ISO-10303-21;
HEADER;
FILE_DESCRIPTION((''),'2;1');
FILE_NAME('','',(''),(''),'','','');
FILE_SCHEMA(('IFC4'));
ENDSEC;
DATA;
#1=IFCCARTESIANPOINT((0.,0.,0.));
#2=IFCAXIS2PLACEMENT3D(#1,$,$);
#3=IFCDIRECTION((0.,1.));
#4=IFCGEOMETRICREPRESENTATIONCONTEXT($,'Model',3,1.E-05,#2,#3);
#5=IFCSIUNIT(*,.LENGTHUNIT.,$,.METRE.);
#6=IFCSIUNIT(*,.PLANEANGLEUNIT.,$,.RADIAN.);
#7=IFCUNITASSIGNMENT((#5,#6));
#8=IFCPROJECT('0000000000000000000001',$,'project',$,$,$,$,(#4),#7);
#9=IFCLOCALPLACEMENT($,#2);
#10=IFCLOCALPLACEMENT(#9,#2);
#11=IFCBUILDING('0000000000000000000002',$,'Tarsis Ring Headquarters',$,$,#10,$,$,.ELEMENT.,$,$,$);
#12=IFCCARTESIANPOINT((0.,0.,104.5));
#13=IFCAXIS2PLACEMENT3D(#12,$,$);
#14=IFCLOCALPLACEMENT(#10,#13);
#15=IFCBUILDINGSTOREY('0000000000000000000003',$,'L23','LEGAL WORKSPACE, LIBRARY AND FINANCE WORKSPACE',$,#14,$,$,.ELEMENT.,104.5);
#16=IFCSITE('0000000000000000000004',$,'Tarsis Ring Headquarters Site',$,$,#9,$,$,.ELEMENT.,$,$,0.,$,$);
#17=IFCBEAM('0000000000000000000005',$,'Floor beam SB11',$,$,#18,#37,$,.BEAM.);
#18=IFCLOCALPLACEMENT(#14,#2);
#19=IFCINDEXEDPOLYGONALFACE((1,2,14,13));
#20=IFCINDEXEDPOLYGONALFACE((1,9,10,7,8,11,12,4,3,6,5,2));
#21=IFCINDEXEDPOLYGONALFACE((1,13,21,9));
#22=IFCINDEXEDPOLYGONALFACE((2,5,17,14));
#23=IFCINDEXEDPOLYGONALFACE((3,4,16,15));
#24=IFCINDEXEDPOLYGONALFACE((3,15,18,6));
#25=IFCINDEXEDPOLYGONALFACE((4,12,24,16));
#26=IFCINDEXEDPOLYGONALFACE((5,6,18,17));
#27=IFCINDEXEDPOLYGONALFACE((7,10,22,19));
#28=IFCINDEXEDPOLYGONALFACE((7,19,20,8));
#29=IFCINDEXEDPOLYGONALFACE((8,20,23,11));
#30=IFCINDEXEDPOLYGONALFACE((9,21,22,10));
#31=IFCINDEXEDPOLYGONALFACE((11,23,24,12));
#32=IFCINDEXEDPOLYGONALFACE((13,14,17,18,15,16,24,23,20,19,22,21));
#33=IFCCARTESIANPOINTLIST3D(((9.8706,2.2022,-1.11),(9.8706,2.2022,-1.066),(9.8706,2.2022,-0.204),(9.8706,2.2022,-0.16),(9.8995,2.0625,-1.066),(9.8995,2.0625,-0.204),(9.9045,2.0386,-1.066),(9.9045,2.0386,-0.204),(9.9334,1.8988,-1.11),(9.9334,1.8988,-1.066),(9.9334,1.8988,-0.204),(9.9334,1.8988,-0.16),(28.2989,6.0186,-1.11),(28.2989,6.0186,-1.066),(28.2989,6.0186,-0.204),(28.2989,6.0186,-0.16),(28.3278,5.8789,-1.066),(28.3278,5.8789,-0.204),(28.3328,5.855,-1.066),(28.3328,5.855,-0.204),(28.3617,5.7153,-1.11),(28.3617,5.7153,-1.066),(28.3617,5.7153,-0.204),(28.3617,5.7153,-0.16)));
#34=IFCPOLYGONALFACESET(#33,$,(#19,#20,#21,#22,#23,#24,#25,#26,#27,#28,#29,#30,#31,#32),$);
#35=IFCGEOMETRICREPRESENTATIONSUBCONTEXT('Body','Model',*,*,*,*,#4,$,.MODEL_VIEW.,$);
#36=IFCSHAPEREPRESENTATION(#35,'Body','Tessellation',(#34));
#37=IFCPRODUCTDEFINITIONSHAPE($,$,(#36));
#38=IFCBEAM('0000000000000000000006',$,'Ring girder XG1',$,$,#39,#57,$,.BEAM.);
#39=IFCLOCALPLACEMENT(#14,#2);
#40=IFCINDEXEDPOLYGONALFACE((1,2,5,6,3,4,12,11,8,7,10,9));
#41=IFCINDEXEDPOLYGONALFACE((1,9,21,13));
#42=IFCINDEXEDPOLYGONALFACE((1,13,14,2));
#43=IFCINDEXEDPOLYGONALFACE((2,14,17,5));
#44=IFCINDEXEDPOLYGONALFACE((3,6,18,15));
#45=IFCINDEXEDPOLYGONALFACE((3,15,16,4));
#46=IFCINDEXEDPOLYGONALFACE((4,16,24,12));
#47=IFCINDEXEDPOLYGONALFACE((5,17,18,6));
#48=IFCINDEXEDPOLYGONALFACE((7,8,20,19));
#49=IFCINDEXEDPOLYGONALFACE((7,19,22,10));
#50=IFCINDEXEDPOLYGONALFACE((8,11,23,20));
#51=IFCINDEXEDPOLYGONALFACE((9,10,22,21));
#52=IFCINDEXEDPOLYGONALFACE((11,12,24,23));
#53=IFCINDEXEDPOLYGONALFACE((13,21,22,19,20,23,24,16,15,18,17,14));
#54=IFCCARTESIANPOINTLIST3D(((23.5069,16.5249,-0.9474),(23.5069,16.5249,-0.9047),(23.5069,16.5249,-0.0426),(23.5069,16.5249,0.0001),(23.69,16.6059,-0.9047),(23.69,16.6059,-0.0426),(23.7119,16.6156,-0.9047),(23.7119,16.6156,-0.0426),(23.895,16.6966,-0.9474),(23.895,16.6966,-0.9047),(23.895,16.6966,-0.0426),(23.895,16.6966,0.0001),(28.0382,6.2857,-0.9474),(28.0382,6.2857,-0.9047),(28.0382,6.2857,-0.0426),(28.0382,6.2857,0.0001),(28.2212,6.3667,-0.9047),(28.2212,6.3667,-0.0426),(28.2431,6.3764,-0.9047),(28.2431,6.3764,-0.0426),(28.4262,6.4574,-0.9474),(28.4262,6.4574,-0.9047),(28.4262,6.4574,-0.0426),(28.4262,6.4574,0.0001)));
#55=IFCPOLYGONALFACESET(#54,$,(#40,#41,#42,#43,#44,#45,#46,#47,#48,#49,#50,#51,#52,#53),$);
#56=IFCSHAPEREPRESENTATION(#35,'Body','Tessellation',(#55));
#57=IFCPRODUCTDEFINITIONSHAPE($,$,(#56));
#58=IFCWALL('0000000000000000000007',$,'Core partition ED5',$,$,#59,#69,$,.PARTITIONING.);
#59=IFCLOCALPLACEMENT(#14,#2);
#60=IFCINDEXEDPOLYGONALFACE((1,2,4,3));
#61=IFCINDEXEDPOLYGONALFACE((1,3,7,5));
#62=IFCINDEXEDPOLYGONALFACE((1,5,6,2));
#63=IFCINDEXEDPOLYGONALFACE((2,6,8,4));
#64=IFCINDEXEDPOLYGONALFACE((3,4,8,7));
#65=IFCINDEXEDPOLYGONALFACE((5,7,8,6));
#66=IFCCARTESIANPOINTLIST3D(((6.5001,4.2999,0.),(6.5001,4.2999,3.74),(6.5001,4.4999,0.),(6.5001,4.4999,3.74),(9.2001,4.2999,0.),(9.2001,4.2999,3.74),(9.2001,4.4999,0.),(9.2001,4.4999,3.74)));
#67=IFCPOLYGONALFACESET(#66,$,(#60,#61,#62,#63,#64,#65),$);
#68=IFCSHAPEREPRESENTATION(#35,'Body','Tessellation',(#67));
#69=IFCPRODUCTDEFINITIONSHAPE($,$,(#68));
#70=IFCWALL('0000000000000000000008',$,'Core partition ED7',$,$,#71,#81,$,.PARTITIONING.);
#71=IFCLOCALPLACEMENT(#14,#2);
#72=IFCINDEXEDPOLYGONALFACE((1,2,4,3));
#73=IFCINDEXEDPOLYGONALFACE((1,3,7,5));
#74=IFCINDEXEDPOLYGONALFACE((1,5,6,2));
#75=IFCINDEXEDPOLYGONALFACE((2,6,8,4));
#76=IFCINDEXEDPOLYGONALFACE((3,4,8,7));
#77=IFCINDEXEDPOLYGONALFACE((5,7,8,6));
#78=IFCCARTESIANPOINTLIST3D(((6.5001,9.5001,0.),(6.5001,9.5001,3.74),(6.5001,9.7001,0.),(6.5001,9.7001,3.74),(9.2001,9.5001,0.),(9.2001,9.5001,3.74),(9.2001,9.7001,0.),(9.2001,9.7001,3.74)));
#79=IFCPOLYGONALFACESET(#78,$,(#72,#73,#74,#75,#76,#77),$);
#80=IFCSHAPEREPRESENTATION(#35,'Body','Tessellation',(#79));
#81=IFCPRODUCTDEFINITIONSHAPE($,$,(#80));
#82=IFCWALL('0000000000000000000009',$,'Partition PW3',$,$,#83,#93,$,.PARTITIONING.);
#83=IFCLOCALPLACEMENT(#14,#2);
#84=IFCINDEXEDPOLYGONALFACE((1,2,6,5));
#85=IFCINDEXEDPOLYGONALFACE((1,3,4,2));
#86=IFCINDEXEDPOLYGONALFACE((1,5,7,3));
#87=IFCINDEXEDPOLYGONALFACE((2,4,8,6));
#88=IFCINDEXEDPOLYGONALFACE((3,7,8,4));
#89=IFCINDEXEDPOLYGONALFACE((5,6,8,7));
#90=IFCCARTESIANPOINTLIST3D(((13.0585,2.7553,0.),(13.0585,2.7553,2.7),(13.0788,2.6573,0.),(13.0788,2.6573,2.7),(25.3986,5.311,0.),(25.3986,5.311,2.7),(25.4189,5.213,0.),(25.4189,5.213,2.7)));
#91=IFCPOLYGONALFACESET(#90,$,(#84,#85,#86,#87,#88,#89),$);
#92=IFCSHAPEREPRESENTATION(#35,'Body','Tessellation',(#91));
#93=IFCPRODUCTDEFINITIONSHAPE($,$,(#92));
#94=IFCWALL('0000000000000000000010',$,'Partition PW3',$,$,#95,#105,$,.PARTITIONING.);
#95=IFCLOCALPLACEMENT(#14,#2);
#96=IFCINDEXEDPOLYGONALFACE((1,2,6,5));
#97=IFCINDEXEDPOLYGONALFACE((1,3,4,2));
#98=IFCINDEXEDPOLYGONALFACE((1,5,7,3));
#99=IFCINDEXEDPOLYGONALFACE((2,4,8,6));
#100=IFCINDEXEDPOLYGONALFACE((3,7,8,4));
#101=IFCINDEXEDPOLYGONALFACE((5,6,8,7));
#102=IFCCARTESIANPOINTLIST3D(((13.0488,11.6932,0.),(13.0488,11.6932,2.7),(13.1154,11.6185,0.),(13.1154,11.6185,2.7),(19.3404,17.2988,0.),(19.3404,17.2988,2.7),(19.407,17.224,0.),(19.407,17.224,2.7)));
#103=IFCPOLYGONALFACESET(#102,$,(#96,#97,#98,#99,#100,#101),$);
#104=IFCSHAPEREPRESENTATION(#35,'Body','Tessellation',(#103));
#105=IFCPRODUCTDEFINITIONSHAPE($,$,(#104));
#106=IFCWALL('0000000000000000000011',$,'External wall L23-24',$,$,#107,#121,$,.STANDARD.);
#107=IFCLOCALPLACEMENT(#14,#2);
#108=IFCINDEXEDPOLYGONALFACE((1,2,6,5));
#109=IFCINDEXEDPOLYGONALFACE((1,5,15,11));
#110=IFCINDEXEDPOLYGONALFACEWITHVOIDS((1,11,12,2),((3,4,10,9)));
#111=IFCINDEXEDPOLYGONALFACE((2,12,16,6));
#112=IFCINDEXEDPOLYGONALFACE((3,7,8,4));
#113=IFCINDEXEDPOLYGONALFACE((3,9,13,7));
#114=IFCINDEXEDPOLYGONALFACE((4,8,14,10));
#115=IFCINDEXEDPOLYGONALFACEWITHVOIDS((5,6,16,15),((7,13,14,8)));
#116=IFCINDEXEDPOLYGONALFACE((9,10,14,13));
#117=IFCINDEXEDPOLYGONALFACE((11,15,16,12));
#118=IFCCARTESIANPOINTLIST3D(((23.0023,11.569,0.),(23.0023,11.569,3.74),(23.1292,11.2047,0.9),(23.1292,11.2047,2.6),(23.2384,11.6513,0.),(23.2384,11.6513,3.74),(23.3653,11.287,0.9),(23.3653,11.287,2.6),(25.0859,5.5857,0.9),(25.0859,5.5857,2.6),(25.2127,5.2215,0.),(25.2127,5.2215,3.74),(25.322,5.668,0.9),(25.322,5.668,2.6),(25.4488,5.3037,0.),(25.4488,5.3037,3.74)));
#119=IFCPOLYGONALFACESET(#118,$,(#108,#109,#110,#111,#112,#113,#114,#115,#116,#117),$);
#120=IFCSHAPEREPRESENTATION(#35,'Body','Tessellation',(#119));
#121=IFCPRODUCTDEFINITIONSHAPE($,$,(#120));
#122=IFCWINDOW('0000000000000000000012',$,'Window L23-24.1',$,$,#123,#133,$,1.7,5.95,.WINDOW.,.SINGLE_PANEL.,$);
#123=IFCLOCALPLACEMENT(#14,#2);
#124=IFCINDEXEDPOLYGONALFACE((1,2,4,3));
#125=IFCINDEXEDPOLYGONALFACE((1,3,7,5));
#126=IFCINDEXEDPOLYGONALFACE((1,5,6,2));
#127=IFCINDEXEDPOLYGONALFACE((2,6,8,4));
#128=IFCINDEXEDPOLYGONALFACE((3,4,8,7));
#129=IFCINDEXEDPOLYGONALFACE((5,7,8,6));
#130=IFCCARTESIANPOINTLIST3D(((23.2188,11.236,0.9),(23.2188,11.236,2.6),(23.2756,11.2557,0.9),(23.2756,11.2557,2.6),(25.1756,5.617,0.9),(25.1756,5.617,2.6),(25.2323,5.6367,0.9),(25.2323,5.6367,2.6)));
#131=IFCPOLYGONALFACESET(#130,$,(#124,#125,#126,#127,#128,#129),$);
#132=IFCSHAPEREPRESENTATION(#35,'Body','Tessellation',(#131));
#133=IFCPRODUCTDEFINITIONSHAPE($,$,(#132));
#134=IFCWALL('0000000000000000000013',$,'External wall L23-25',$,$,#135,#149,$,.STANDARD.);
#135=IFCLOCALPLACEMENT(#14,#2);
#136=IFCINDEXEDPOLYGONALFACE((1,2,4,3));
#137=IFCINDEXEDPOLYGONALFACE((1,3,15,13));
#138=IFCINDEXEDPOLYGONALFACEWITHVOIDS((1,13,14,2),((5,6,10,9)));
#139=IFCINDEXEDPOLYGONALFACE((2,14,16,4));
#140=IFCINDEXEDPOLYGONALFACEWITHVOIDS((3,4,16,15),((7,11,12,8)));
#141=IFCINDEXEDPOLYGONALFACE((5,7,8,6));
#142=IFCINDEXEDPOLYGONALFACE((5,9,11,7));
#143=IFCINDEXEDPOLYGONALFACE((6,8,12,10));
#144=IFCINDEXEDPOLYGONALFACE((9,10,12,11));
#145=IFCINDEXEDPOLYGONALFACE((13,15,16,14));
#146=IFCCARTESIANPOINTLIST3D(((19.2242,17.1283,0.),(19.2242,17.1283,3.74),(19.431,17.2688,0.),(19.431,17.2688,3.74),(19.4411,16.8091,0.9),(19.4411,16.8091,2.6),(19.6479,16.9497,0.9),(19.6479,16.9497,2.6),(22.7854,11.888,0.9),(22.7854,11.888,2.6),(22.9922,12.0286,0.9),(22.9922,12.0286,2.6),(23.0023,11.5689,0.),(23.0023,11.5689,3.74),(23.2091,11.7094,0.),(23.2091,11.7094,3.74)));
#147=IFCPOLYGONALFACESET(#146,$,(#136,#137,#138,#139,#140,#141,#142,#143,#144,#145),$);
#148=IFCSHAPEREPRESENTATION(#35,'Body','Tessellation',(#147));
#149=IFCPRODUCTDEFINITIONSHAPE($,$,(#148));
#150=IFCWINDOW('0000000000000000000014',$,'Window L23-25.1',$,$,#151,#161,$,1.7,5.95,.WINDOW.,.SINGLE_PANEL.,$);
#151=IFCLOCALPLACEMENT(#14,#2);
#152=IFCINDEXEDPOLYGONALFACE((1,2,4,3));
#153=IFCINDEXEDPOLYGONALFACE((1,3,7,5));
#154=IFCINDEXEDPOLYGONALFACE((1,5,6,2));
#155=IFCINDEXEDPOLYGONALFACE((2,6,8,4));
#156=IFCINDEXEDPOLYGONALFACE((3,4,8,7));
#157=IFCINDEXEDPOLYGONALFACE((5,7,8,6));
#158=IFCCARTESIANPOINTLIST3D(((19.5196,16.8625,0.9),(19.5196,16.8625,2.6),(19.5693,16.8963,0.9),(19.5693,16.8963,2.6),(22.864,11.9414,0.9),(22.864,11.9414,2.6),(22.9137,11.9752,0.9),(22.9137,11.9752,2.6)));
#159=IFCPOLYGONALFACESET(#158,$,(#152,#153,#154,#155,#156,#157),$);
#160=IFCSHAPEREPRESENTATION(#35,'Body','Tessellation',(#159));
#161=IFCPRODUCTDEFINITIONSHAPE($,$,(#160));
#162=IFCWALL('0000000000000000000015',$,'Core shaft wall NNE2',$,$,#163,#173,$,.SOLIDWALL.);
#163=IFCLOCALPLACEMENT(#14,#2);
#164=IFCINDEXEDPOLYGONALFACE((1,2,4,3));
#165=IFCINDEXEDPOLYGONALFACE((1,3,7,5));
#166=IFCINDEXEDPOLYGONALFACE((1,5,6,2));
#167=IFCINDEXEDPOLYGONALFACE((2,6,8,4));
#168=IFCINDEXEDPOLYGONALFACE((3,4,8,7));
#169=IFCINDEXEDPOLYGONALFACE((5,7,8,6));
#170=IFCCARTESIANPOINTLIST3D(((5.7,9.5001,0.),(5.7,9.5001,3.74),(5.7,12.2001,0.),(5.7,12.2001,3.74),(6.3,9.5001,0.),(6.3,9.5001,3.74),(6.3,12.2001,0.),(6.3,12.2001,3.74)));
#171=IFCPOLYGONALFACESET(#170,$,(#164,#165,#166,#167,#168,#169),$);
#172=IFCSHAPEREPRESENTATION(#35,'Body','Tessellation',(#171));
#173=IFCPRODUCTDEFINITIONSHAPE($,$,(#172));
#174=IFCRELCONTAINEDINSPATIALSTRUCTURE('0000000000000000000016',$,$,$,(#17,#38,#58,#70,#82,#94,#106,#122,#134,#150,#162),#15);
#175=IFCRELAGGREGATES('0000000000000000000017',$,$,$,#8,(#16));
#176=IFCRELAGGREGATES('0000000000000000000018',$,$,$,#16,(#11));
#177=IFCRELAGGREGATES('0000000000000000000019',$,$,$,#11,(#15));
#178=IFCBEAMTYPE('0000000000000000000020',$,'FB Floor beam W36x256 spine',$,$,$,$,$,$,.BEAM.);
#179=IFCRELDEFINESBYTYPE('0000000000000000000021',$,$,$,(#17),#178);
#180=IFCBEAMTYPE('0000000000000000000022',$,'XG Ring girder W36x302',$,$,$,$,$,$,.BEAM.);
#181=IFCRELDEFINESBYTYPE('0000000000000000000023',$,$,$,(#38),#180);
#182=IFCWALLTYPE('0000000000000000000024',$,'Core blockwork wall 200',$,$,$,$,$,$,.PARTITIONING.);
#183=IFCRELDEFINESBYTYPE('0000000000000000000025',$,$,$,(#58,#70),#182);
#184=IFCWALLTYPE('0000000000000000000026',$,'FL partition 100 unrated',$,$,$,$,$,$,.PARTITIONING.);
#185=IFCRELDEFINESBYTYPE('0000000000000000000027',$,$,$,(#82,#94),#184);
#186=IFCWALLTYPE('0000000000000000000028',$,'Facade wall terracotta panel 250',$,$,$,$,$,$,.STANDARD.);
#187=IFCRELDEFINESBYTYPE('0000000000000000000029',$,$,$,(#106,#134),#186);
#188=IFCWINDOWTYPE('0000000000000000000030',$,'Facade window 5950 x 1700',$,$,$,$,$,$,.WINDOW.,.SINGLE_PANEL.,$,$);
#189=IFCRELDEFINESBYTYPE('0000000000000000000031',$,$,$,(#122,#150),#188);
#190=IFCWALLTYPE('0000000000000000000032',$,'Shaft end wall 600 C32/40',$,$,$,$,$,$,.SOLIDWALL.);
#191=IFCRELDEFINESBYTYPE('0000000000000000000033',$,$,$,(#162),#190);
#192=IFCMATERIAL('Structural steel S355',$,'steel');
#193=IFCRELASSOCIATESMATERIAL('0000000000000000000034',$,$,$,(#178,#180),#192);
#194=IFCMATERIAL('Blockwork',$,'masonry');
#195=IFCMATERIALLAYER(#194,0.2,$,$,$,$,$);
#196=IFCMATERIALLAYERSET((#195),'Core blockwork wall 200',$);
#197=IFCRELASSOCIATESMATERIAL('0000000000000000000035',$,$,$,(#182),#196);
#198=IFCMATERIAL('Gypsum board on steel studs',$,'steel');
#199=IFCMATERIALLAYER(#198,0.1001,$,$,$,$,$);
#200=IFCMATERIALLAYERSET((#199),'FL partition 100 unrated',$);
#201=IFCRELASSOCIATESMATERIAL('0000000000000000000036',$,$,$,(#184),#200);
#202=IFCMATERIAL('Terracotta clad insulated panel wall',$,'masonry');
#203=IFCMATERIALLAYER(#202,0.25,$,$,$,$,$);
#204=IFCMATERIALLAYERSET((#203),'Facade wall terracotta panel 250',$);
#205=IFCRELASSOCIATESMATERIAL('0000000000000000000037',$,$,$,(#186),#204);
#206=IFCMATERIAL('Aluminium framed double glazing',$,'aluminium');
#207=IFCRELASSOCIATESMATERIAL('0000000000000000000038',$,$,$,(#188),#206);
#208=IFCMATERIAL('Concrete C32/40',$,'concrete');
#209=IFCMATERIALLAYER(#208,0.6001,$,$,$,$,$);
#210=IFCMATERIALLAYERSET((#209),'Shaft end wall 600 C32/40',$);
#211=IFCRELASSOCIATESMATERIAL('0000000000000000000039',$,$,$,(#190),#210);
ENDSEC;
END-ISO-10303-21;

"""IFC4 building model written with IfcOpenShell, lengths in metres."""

from ifc_helpers import new_model, si_unit, direction, frame, frame_2d, origin, origin_2d, place, context, subcontext, project, spatial, rectangle, i_section, extrude, material, layer, layer_set, material_profile, profile_set, type_object, element, fill, save


model = new_model("IFC4")

# Units and contexts
model_context = context("Model", 3, precision=1e-05, world=origin(), true_north=direction((0.0, 1.0)))
body_context = subcontext(model_context, "Body", "Model", "MODEL_VIEW")
ifc_project = project(units=[si_unit("LENGTHUNIT", "METRE"), si_unit("PLANEANGLEUNIT", "RADIAN")], contexts=[model_context])

# Site, building, storey
site_placement = place(None, origin())
site = spatial("IfcSite", under=ifc_project, at=site_placement, Name="Tarsis Ring Headquarters Site", CompositionType="ELEMENT", RefElevation=0.0)
building_placement = place(site_placement, origin())
building = spatial("IfcBuilding", under=site, at=building_placement, Name="Tarsis Ring Headquarters", CompositionType="ELEMENT")
storey_placement = place(building_placement, frame((0.0, 0.0, 104.5)))
storey = spatial("IfcBuildingStorey", under=building, at=storey_placement, Name="L23", Description="LEGAL WORKSPACE, LIBRARY AND FINANCE WORKSPACE", CompositionType="ELEMENT", Elevation=104.5)

# Shared definitions
ifc_material_1 = material(Name="Structural steel S355", Category="steel")

# Beams
ifc_material_profile_1 = material_profile(ifc_material_1, i_section(OverallWidth=0.3098, OverallDepth=0.95, WebThickness=0.0244, FlangeThickness=0.0439, at=origin_2d()), Name="W36x256")
ifc_profile_set_1 = profile_set([ifc_material_profile_1], Name="Structural steel S355")
beam_type_1 = type_object("IfcBeamType", Name="FB Floor beam W36x256 spine", PredefinedType="BEAM", material=ifc_profile_set_1)
beam_1_placement = place(storey_placement, frame((28.3303, 5.8669, -0.635), z_axis=(-0.979222, -0.202793, 0.0), x_axis=(0.202793, -0.979222, 0.0)))
element("IfcBeam", 1, at=beam_1_placement, inside=storey, type_object=beam_type_1, Name="Floor beam SB11", PredefinedType="BEAM", context=body_context, shape_type="SweptSolid", body=[
    extrude(i_section(OverallWidth=0.3098, OverallDepth=0.95, WebThickness=0.0244, FlangeThickness=0.0439, at=origin_2d()), origin(), (0.0, 0.0, 1.0), 18.8193),
])
ifc_material_profile_2 = material_profile(ifc_material_1, i_section(OverallWidth=0.4243, OverallDepth=0.9475, WebThickness=0.0239, FlangeThickness=0.0427, at=origin_2d()), Name="W36x302")
ifc_profile_set_2 = profile_set([ifc_material_profile_2], Name="Structural steel S355")
beam_type_2 = type_object("IfcBeamType", Name="XG Ring girder W36x302", PredefinedType="BEAM", material=ifc_profile_set_2)
beam_2_placement = place(storey_placement, frame((28.2322, 6.3716, -0.4736), z_axis=(-0.404681, 0.914458, 0.0), x_axis=(-0.914458, -0.404681, 0.0)))
element("IfcBeam", 2, at=beam_2_placement, inside=storey, type_object=beam_type_2, Name="Ring girder XG1", PredefinedType="BEAM", context=body_context, shape_type="SweptSolid", body=[
    extrude(i_section(OverallWidth=0.4243, OverallDepth=0.9475, WebThickness=0.0239, FlangeThickness=0.0427, at=origin_2d()), origin(), (0.0, 0.0, 1.0), 11.197),
])

# Walls
ifc_material_2 = material(Name="Blockwork", Category="masonry")
ifc_layer_1 = layer(ifc_material_2, 0.2)
ifc_layer_set_1 = layer_set([ifc_layer_1], Name="Core blockwork wall 200")
wall_type_1 = type_object("IfcWallType", Name="Core blockwork wall 200", PredefinedType="PARTITIONING", material=ifc_layer_set_1)
for number, where, z_axis, x_axis, name in (
    (3, (6.5, 4.3999, 0.0), (0.0, 0.0, 1.0), (1.0, 0.0, 0.0), "Core partition ED5"),
    (4, (6.5, 9.6001, 0.0), (0.0, 0.0, 1.0), (1.0, 0.0, 0.0), "Core partition ED7"),
):
    element("IfcWall", number, at=place(storey_placement, frame(where, z_axis=z_axis, x_axis=x_axis)), inside=storey, type_object=wall_type_1, Name=name, PredefinedType="PARTITIONING", context=body_context, shape_type="SweptSolid", body=[
        extrude(rectangle(XDim=2.7, YDim=0.2, at=frame_2d((1.3501, 0.0))), origin(), (0.0, 0.0, 1.0), 3.74),
    ])
ifc_material_3 = material(Name="Gypsum board on steel studs", Category="steel")
ifc_layer_2 = layer(ifc_material_3, 0.1001)
ifc_layer_set_2 = layer_set([ifc_layer_2], Name="FL partition 100 unrated")
wall_type_2 = type_object("IfcWallType", Name="FL partition 100 unrated", PredefinedType="PARTITIONING", material=ifc_layer_set_2)
wall_1_placement = place(storey_placement, frame((13.0686, 2.7063, 0.0), z_axis=(0.0, 0.0, 1.0), x_axis=(0.97922, 0.202799, 0.0)))
element("IfcWall", 5, at=wall_1_placement, inside=storey, type_object=wall_type_2, Name="Partition PW3", PredefinedType="PARTITIONING", context=body_context, shape_type="SweptSolid", body=[
    extrude(rectangle(XDim=12.6021, YDim=0.1001, at=frame_2d((6.301, 0.0))), origin(), (0.0, 0.0, 1.0), 2.7),
])
wall_2_placement = place(storey_placement, frame((13.082, 11.6558, 0.0), z_axis=(0.0, 0.0, 1.0), x_axis=(0.746642, 0.665227, 0.0)))
element("IfcWall", 6, at=wall_2_placement, inside=storey, type_object=wall_type_2, Name="Partition PW3", PredefinedType="PARTITIONING", context=body_context, shape_type="SweptSolid", body=[
    extrude(rectangle(XDim=8.4265, YDim=0.1001, at=frame_2d((4.2134, 0.0))), origin(), (0.0, 0.0, 1.0), 2.7),
])

# Walls, openings, windows
ifc_material_4 = material(Name="Terracotta clad insulated panel wall", Category="masonry")
ifc_layer_3 = layer(ifc_material_4, 0.25)
ifc_layer_set_3 = layer_set([ifc_layer_3], Name="Facade wall terracotta panel 250")
wall_type_3 = type_object("IfcWallType", Name="Facade wall terracotta panel 250", PredefinedType="STANDARD", material=ifc_layer_set_3)
wall_3_placement = place(storey_placement, frame((25.3308, 5.2625, 0.0), z_axis=(0.0, 0.0, 1.0), x_axis=(-0.328862, 0.944378, 0.0)))
wall_3 = element("IfcWall", 7, at=wall_3_placement, inside=storey, type_object=wall_type_3, Name="External wall L23-24", PredefinedType="STANDARD", context=body_context, shape_type="SweptSolid", body=[
    extrude(rectangle(XDim=6.7214, YDim=0.25, at=frame_2d((3.3608, 0.0))), origin(), (0.0, 0.0, 1.0), 3.74),
])
opening_1_placement = place(wall_3_placement, frame((0.3857, 0.0, 0.8999)))
opening_1 = element("IfcOpeningElement", 8, at=opening_1_placement, cuts=wall_3, PredefinedType="OPENING", context=body_context, shape_type="SweptSolid", body=[
    extrude(rectangle(XDim=5.95, YDim=1.7, at=frame_2d((2.9751, 0.8501))), frame((0.0, 0.135, 0.0), z_axis=(0.0, -1.0, 0.0), x_axis=(1.0, 0.0, 0.0)), (0.0, 0.0, 1.0), 0.27),
])
ifc_material_5 = material(Name="Aluminium framed double glazing", Category="aluminium")
window_type = type_object("IfcWindowType", Name="Facade window 5950 x 1700", PartitioningType="SINGLE_PANEL", PredefinedType="WINDOW", material=ifc_material_5)
window_1_placement = place(opening_1_placement, origin())
window_1 = element("IfcWindow", 9, at=window_1_placement, inside=storey, type_object=window_type, Name="Window L23-24.1", OverallHeight=1.7, OverallWidth=5.95, PartitioningType="SINGLE_PANEL", PredefinedType="WINDOW", context=body_context, shape_type="SweptSolid", body=[
    extrude(rectangle(XDim=5.95, YDim=1.7, at=frame_2d((2.9751, 0.8501))), frame((0.0, 0.03, 0.0), z_axis=(0.0, -1.0, 0.0), x_axis=(1.0, 0.0, 0.0)), (0.0, 0.0, 1.0), 0.0601),
])
fill(opening_1, window_1)
wall_4_placement = place(storey_placement, frame((23.1057, 11.6392, 0.0), z_axis=(0.0, 0.0, 1.0), x_axis=(-0.56208, 0.827083, 0.0)))
wall_4 = element("IfcWall", 10, at=wall_4_placement, inside=storey, type_object=wall_type_3, Name="External wall L23-25", PredefinedType="STANDARD", context=body_context, shape_type="SweptSolid", body=[
    extrude(rectangle(XDim=6.7217, YDim=0.25, at=frame_2d((3.3608, 0.0))), origin(), (0.0, 0.0, 1.0), 3.74),
])
opening_2_placement = place(wall_4_placement, frame((0.3857, 0.0, 0.8999)))
opening_2 = element("IfcOpeningElement", 11, at=opening_2_placement, cuts=wall_4, PredefinedType="OPENING", context=body_context, shape_type="SweptSolid", body=[
    extrude(rectangle(XDim=5.95, YDim=1.7, at=frame_2d((2.9751, 0.8501))), frame((0.0, 0.135, 0.0), z_axis=(0.0, -1.0, 0.0), x_axis=(1.0, 0.0, 0.0)), (0.0, 0.0, 1.0), 0.27),
])
window_2_placement = place(opening_2_placement, origin())
window_2 = element("IfcWindow", 12, at=window_2_placement, inside=storey, type_object=window_type, Name="Window L23-25.1", OverallHeight=1.7, OverallWidth=5.95, PartitioningType="SINGLE_PANEL", PredefinedType="WINDOW", context=body_context, shape_type="SweptSolid", body=[
    extrude(rectangle(XDim=5.95, YDim=1.7, at=frame_2d((2.9751, 0.8501))), frame((0.0, 0.03, 0.0), z_axis=(0.0, -1.0, 0.0), x_axis=(1.0, 0.0, 0.0)), (0.0, 0.0, 1.0), 0.0601),
])
fill(opening_2, window_2)

# Wall
ifc_material_6 = material(Name="Concrete C32/40", Category="concrete")
ifc_layer_4 = layer(ifc_material_6, 0.6001)
ifc_layer_set_4 = layer_set([ifc_layer_4], Name="Shaft end wall 600 C32/40")
wall_type_4 = type_object("IfcWallType", Name="Shaft end wall 600 C32/40", PredefinedType="SOLIDWALL", material=ifc_layer_set_4)
wall_5_placement = place(storey_placement, frame((6.0, 9.5, 0.0), z_axis=(0.0, 0.0, 1.0), x_axis=(0.0, 1.0, 0.0)))
element("IfcWall", 13, at=wall_5_placement, inside=storey, type_object=wall_type_4, Name="Core shaft wall NNE2", PredefinedType="SOLIDWALL", context=body_context, shape_type="SweptSolid", body=[
    extrude(rectangle(XDim=2.7, YDim=0.6001, at=frame_2d((1.3501, 0.0))), origin(), (0.0, 0.0, 1.0), 3.74),
])

save(model, "model.ifc")
